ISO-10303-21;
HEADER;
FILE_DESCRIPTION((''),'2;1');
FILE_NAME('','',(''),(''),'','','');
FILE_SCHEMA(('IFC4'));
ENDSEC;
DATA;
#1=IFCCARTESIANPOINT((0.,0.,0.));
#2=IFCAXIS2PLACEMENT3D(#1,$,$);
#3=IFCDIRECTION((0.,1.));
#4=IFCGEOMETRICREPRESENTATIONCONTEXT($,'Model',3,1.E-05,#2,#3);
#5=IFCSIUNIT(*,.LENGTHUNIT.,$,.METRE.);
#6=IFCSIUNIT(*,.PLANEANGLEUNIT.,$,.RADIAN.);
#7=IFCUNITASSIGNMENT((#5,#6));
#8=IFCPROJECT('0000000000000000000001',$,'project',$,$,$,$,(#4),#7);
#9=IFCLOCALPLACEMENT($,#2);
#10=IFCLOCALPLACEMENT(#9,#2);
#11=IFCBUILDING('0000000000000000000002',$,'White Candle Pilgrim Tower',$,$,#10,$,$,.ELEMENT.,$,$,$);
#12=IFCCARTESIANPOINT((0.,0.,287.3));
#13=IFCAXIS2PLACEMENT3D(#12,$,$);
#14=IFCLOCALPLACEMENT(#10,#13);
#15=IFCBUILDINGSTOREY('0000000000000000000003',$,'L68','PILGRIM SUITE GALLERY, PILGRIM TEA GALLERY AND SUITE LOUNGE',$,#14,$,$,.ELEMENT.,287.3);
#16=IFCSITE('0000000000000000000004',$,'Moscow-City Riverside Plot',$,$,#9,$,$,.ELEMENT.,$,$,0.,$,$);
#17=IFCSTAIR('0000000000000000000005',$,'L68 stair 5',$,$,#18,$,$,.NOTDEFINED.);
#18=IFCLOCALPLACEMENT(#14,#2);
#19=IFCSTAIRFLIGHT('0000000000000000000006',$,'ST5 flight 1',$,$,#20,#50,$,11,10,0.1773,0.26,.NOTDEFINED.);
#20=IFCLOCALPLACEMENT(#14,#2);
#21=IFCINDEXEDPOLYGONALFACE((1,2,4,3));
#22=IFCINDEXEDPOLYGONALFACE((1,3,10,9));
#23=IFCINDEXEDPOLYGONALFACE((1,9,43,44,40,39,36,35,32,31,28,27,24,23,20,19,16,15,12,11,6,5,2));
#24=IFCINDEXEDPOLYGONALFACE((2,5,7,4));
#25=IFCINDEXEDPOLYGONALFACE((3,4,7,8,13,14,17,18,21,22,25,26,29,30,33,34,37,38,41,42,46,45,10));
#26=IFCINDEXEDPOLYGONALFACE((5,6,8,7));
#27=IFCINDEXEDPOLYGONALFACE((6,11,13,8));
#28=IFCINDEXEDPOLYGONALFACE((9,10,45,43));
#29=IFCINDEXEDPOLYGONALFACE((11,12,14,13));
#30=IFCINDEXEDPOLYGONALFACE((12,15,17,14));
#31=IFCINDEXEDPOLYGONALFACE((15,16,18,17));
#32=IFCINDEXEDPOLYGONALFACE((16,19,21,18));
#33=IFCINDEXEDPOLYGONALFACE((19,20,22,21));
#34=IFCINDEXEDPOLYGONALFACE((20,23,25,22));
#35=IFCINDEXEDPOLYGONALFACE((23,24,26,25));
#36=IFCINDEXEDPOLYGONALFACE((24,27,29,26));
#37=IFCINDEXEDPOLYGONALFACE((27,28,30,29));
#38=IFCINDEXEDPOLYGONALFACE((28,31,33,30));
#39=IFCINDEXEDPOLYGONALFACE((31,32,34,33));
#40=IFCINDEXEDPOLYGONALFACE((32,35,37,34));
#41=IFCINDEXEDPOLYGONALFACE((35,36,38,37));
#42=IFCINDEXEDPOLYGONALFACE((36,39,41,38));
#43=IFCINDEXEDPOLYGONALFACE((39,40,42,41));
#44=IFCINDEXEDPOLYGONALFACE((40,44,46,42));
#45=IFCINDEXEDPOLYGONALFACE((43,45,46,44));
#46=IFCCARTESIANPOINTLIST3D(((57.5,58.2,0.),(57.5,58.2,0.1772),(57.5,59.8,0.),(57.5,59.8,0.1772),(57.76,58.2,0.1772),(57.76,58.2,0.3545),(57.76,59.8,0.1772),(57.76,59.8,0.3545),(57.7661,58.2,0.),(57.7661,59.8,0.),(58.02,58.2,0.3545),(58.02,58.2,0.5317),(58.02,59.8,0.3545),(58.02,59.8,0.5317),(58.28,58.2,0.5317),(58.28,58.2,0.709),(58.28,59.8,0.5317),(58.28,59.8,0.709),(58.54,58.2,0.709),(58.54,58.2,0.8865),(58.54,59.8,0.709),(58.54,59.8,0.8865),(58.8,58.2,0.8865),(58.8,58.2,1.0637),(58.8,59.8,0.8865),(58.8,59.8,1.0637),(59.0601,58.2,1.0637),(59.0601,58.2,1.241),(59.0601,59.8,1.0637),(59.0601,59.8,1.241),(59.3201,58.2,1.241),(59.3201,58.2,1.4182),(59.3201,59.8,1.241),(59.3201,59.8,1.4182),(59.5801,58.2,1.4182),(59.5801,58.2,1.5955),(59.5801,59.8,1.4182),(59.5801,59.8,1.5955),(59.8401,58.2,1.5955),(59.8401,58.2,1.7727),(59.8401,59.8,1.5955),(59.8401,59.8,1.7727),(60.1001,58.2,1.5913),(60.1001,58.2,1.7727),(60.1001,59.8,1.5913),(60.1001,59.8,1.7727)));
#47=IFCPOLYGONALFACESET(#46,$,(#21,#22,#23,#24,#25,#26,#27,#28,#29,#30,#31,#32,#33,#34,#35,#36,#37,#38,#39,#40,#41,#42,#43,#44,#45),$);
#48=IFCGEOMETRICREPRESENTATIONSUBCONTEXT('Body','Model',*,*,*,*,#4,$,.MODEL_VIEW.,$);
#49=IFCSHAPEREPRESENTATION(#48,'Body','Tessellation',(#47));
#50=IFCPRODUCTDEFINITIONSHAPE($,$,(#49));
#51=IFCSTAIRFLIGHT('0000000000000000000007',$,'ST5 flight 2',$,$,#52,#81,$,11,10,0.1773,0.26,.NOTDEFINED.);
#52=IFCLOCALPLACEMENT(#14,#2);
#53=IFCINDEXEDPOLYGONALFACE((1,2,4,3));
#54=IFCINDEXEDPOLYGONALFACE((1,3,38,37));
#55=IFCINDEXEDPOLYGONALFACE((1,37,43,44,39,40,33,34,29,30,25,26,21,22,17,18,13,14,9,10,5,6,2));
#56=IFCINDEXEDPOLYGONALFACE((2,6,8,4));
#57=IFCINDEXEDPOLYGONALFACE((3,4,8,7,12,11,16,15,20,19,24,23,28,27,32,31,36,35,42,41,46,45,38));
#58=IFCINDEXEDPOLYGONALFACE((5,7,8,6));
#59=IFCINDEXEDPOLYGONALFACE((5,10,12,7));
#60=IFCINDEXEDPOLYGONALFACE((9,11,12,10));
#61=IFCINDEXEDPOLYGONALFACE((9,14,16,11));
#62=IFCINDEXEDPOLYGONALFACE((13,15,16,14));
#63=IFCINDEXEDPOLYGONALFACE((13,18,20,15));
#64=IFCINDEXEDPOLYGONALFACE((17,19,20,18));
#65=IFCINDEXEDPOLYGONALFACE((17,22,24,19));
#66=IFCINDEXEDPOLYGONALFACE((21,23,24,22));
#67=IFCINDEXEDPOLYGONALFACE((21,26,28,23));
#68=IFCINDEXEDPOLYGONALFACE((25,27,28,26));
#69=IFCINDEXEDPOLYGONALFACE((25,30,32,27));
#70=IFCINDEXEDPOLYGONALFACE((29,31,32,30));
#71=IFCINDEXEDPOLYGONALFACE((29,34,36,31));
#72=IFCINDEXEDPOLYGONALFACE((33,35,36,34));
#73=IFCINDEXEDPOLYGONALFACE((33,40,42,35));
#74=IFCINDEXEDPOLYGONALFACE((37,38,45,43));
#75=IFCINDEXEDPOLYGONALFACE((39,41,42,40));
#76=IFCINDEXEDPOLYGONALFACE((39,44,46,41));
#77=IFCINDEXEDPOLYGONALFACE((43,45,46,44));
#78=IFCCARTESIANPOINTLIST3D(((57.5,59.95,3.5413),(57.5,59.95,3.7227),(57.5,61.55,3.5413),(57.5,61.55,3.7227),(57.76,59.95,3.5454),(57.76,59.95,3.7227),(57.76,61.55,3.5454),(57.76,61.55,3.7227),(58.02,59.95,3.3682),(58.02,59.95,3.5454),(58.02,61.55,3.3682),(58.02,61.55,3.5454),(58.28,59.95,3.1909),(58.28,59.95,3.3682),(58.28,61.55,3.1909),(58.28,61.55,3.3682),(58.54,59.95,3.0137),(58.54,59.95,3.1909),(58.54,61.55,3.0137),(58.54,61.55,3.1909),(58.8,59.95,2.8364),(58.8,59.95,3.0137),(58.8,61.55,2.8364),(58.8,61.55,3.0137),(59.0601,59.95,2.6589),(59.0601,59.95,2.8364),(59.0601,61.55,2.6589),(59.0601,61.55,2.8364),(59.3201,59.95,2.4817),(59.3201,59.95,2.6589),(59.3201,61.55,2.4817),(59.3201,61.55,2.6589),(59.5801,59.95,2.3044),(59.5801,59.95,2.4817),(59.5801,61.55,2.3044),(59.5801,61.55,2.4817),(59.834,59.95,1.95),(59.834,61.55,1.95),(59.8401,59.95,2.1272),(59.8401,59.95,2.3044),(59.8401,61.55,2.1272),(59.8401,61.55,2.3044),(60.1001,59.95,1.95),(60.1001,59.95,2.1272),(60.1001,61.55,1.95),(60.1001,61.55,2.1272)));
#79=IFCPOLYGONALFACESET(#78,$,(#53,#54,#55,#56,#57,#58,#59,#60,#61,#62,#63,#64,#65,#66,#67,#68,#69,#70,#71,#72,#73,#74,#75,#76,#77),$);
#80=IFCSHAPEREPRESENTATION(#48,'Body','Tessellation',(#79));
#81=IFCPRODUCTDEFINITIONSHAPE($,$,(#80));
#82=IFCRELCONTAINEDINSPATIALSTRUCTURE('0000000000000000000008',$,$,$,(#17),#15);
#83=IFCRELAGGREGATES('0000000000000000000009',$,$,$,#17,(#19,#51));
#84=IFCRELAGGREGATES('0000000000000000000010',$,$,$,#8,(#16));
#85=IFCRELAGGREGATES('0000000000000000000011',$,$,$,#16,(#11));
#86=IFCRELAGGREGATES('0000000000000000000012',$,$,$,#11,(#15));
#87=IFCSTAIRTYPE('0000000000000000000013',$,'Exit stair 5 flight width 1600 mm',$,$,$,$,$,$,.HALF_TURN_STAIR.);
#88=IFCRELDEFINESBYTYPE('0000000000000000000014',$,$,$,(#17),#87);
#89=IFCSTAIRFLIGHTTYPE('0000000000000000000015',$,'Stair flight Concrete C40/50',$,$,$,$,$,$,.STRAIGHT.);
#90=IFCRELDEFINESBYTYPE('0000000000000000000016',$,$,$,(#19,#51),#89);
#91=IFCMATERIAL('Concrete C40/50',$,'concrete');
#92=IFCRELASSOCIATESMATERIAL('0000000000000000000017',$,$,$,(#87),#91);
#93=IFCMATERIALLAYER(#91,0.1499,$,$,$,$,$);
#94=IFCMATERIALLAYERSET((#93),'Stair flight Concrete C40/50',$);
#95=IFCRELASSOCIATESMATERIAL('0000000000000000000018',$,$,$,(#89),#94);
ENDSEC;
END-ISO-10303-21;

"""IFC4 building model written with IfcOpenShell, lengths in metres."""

from ifc_helpers import new_model, si_unit, direction, frame, origin, place, context, subcontext, project, spatial, polyline, outline, extrude, material, layer, layer_set, type_object, element, aggregate, save


model = new_model("IFC4")

# Units and contexts
model_context = context("Model", 3, precision=1e-05, world=origin(), true_north=direction((0.0, 1.0)))
body_context = subcontext(model_context, "Body", "Model", "MODEL_VIEW")
ifc_project = project(units=[si_unit("LENGTHUNIT", "METRE"), si_unit("PLANEANGLEUNIT", "RADIAN")], contexts=[model_context])

# Site, building, storey
site_placement = place(None, origin())
site = spatial("IfcSite", under=ifc_project, at=site_placement, Name="Moscow-City Riverside Plot", CompositionType="ELEMENT", RefElevation=0.0)
building_placement = place(site_placement, origin())
building = spatial("IfcBuilding", under=site, at=building_placement, Name="White Candle Pilgrim Tower", CompositionType="ELEMENT")
storey_placement = place(building_placement, frame((0.0, 0.0, 287.3)))
storey = spatial("IfcBuildingStorey", under=building, at=storey_placement, Name="L68", Description="PILGRIM SUITE GALLERY, PILGRIM TEA GALLERY AND SUITE LOUNGE", CompositionType="ELEMENT", Elevation=287.3)

# Stair, stair flights
ifc_material_1 = material(Name="Concrete C40/50", Category="concrete")
stair_type = type_object("IfcStairType", Name="Exit stair 5 flight width 1600 mm", PredefinedType="HALF_TURN_STAIR", material=ifc_material_1)
stair_placement = place(storey_placement, origin())
stair = element("IfcStair", 1, at=stair_placement, inside=storey, type_object=stair_type, Name="L68 stair 5", PredefinedType="NOTDEFINED")
ifc_layer_1 = layer(ifc_material_1, 0.1499)
ifc_layer_set_1 = layer_set([ifc_layer_1], Name="Stair flight Concrete C40/50")
stair_flight_type = type_object("IfcStairFlightType", Name="Stair flight Concrete C40/50", PredefinedType="STRAIGHT", material=ifc_layer_set_1)
stair_flight_1_placement = place(storey_placement, frame((57.5, 59.0, 0.0), z_axis=(0.0, 0.0, 1.0), x_axis=(1.0, 0.0, 0.0)))
stair_flight_1 = element("IfcStairFlight", 2, at=stair_flight_1_placement, type_object=stair_flight_type, Name="ST5 flight 1", NumberOfRisers=11, NumberOfTreads=10, PredefinedType="NOTDEFINED", RiserHeight=0.1773, TreadLength=0.26, context=body_context, shape_type="SweptSolid", body=[
    extrude(outline(polyline([(0.0, 0.0), (0.0, 0.1772), (0.26, 0.1772), (0.26, 0.3545), (0.52, 0.3545), (0.52, 0.5317), (0.78, 0.5317), (0.78, 0.709), (1.04, 0.709), (1.04, 0.8865), (1.3, 0.8865), (1.3, 1.0637), (1.5601, 1.0637), (1.5601, 1.241), (1.8201, 1.241), (1.8201, 1.4182), (2.0801, 1.4182), (2.0801, 1.5955), (2.3401, 1.5955), (2.3401, 1.7727), (2.6001, 1.7727), (2.6001, 1.95), (2.6001, 1.5913), (0.2661, 0.0), (0.0, 0.0)])), frame((0.0, 0.8, 0.0), z_axis=(0.0, -1.0, 0.0), x_axis=(1.0, 0.0, 0.0)), (0.0, 0.0, 1.0), 1.6001),
])
stair_flight_2_placement = place(storey_placement, frame((60.1001, 60.75, 1.95), z_axis=(0.0, 0.0, 1.0), x_axis=(-1.0, 0.0, 0.0)))
stair_flight_2 = element("IfcStairFlight", 3, at=stair_flight_2_placement, type_object=stair_flight_type, Name="ST5 flight 2", NumberOfRisers=11, NumberOfTreads=10, PredefinedType="NOTDEFINED", RiserHeight=0.1773, TreadLength=0.26, context=body_context, shape_type="SweptSolid", body=[
    extrude(outline(polyline([(0.0, 0.0), (0.0, 0.1772), (0.26, 0.1772), (0.26, 0.3545), (0.52, 0.3545), (0.52, 0.5317), (0.78, 0.5317), (0.78, 0.709), (1.04, 0.709), (1.04, 0.8865), (1.3, 0.8865), (1.3, 1.0637), (1.5601, 1.0637), (1.5601, 1.241), (1.8201, 1.241), (1.8201, 1.4182), (2.0801, 1.4182), (2.0801, 1.5955), (2.3401, 1.5955), (2.3401, 1.7727), (2.6001, 1.7727), (2.6001, 1.95), (2.6001, 1.5913), (0.2661, 0.0), (0.0, 0.0)])), frame((0.0, 0.8, 0.0), z_axis=(0.0, -1.0, 0.0), x_axis=(1.0, 0.0, 0.0)), (0.0, 0.0, 1.0), 1.6001),
])
aggregate(stair, [stair_flight_1, stair_flight_2])

save(model, "model.ifc")
